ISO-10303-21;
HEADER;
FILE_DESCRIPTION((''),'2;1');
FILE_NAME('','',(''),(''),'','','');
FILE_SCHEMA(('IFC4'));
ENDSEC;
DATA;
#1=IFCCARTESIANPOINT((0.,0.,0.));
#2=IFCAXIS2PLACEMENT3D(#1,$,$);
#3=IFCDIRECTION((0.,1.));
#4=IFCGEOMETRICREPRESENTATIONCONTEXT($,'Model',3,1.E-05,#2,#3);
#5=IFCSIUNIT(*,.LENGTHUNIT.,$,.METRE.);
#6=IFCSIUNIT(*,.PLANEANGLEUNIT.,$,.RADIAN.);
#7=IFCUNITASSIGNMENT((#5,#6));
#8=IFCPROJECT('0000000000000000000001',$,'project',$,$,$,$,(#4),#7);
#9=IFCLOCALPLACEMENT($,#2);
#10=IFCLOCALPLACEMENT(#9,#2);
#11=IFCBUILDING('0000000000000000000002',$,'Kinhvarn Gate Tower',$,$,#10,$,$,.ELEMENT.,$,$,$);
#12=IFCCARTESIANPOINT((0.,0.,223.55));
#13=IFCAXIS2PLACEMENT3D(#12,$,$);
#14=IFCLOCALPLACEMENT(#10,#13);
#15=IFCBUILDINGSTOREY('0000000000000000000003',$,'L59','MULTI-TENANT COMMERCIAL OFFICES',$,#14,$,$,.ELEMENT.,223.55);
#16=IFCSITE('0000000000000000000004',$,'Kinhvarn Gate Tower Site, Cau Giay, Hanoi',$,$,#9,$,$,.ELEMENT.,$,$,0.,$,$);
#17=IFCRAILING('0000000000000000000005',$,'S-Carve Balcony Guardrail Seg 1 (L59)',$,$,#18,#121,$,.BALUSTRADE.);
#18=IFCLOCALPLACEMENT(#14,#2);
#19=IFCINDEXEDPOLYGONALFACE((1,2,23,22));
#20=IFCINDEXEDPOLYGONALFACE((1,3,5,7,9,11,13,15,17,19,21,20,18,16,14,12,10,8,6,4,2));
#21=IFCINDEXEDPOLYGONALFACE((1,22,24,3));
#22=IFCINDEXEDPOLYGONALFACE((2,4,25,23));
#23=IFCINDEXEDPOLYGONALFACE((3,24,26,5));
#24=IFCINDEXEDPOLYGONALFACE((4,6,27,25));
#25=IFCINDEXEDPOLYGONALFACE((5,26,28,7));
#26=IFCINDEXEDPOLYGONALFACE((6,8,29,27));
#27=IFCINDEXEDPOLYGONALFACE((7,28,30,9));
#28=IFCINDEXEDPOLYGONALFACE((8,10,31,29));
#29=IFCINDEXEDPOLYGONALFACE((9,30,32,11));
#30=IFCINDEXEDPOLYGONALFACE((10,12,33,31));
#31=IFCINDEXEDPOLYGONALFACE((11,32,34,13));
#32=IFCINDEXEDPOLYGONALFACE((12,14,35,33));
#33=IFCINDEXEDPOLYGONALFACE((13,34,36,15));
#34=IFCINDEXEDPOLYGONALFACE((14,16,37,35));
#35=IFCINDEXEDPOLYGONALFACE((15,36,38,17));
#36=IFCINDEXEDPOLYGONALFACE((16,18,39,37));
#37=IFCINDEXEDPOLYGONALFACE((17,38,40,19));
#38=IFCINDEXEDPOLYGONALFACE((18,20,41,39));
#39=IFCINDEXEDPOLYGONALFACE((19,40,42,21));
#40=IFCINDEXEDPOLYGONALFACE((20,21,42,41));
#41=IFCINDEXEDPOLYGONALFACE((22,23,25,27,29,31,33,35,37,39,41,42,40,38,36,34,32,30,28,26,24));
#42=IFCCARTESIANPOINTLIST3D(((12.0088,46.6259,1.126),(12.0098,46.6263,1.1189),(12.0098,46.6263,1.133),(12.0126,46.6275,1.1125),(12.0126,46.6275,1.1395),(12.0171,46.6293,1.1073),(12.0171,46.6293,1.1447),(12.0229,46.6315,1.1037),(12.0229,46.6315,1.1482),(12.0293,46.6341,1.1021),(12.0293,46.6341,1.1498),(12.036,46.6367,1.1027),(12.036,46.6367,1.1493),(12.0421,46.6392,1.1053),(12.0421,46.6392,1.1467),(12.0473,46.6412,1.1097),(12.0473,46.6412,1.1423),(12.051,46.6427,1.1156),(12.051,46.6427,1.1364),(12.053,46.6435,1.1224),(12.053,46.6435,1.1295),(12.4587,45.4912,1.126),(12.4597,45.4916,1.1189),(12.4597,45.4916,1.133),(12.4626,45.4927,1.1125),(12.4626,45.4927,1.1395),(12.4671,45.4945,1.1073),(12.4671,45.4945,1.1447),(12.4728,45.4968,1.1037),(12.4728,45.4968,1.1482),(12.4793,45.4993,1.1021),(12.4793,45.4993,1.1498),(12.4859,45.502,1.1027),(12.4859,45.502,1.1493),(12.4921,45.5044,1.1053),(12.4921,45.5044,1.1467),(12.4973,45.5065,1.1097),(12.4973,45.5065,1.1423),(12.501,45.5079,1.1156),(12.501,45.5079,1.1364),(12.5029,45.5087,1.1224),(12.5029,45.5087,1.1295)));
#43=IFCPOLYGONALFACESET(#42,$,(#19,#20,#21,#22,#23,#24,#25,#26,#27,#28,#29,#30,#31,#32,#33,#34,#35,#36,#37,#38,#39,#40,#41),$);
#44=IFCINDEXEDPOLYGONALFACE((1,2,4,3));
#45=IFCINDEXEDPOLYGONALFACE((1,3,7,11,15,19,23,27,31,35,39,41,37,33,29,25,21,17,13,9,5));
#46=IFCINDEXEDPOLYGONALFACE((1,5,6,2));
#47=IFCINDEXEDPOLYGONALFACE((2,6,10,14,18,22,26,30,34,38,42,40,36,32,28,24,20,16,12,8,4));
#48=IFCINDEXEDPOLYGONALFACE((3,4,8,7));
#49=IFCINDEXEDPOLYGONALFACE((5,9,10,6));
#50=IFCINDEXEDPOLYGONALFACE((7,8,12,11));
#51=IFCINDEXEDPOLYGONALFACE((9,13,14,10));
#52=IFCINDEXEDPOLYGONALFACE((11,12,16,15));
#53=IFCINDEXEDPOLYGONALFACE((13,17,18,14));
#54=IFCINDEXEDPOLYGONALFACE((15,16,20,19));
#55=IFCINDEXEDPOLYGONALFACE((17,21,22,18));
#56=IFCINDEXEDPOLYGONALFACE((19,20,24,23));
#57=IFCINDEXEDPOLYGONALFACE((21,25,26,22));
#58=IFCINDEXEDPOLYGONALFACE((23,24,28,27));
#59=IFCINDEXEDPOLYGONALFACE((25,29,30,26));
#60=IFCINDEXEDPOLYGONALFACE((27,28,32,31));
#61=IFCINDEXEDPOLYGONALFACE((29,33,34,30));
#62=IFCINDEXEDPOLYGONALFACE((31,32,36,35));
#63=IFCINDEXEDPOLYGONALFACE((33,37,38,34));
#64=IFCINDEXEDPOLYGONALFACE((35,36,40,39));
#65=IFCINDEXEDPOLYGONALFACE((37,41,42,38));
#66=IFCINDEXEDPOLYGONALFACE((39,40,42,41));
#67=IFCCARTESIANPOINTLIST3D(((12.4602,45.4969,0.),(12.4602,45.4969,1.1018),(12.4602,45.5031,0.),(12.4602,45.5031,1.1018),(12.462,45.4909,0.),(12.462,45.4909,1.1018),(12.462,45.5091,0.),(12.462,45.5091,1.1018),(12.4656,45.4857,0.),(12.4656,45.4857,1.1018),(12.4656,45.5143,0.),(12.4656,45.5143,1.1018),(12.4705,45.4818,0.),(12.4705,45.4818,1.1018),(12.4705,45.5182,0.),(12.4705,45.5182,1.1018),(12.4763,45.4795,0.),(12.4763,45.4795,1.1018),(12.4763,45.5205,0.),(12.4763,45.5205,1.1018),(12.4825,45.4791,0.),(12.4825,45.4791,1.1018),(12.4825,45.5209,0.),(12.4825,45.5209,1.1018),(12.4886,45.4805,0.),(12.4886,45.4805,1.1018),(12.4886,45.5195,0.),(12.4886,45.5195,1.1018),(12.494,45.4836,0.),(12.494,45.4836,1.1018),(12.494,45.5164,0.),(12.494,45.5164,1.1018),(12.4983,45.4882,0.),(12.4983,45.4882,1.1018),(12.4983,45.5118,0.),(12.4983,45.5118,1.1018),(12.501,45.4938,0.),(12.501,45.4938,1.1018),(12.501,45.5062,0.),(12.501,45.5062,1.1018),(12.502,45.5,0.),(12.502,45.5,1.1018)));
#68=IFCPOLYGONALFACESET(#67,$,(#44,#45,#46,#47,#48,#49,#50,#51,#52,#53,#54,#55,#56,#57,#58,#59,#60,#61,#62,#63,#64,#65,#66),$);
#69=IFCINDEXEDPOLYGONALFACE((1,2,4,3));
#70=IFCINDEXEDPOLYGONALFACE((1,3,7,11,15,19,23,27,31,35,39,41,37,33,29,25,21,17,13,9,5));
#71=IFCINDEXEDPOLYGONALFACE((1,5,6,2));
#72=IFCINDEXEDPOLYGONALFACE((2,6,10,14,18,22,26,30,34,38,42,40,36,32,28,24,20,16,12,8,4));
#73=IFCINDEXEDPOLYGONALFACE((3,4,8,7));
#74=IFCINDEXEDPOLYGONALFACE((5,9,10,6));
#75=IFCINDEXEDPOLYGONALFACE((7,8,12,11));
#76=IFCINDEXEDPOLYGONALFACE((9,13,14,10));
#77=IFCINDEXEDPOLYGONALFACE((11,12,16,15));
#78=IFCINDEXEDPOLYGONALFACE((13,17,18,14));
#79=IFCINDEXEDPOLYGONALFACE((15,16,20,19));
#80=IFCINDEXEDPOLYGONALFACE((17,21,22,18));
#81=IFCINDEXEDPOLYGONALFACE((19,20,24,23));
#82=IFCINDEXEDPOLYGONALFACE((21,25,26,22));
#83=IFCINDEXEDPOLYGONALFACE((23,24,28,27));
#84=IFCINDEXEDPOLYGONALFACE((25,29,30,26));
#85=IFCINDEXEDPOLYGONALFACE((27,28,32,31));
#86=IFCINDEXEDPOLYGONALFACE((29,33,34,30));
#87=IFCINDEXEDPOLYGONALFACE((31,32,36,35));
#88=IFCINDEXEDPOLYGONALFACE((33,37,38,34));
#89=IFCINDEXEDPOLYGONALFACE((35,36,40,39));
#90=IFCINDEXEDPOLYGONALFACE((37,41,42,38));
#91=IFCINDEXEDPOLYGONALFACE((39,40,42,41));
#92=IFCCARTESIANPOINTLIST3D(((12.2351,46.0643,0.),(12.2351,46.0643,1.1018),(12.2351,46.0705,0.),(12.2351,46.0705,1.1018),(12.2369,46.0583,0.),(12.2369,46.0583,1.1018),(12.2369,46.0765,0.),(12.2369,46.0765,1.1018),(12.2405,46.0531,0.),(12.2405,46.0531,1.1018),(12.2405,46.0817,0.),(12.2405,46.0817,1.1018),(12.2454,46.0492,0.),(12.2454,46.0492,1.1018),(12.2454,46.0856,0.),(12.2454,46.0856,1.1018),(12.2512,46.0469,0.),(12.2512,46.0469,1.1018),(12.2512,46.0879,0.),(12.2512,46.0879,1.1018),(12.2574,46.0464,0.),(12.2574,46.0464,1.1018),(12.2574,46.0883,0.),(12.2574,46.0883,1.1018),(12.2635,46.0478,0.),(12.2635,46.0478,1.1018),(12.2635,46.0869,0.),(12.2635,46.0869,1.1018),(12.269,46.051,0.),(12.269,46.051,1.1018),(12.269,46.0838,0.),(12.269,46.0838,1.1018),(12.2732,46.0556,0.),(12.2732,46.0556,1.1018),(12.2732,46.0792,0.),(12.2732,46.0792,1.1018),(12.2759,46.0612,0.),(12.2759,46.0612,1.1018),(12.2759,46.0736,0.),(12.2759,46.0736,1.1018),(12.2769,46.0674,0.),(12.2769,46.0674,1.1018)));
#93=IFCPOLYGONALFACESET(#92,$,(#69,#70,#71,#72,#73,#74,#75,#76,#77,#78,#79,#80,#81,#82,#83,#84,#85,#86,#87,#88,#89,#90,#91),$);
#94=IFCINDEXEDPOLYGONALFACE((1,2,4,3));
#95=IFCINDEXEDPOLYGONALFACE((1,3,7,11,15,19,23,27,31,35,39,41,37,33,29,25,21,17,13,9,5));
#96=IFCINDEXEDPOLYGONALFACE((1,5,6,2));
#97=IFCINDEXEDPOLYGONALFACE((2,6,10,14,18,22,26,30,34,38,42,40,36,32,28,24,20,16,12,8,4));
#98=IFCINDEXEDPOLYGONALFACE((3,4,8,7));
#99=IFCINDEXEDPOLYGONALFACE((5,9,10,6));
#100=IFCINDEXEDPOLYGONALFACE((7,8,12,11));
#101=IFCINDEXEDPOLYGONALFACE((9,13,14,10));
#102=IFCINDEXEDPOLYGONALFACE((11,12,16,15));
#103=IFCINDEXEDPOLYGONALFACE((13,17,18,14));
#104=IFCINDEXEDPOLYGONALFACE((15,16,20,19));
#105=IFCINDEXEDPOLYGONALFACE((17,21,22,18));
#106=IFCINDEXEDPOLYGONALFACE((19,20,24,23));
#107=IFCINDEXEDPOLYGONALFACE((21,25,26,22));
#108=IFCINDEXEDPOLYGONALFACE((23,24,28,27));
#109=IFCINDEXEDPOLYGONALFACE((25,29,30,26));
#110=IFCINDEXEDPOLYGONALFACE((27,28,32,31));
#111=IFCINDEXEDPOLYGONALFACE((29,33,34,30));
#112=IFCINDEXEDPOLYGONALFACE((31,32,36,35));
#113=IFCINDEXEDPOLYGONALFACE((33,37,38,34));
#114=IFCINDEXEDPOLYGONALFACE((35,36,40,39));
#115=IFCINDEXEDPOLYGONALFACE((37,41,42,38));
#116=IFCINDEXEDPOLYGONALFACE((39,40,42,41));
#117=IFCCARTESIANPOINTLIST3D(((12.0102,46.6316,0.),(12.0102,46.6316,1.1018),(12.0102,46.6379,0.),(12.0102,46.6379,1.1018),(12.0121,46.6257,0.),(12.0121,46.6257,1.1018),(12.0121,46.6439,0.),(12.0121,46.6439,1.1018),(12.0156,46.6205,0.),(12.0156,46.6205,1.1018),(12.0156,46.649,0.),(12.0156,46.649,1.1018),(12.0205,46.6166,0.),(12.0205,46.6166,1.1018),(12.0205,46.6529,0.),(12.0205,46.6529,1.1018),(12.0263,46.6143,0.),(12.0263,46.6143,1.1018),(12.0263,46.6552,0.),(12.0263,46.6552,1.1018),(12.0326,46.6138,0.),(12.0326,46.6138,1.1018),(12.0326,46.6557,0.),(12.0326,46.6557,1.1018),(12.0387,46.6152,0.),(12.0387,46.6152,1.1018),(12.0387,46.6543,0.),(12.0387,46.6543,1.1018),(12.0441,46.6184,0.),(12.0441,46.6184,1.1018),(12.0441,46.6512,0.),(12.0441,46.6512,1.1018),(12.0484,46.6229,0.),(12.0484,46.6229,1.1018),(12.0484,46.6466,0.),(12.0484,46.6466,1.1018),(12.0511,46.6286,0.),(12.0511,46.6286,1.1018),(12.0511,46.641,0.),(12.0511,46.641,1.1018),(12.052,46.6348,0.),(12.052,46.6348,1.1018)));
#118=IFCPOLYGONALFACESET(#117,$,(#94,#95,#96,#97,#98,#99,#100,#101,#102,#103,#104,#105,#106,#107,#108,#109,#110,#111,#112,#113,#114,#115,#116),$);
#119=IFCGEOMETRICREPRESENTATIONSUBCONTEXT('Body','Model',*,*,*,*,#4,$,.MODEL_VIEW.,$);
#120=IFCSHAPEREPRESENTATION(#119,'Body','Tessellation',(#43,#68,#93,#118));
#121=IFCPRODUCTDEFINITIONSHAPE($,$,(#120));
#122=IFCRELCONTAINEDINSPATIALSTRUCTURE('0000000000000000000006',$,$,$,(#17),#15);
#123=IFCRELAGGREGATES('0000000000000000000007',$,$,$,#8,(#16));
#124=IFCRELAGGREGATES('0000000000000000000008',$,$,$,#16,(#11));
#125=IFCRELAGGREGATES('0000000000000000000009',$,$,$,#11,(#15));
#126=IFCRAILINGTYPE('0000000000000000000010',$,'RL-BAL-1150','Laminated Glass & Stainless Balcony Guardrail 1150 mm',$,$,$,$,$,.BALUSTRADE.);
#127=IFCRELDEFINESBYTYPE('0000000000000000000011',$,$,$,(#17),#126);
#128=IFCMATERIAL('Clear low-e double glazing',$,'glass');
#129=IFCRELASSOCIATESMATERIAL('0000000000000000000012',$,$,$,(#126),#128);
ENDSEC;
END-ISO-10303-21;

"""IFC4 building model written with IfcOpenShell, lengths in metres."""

from ifc_helpers import new_model, si_unit, direction, frame, origin, origin_2d, place, context, subcontext, project, spatial, circle, extrude, material, type_object, element, save


model = new_model("IFC4")

# Units and contexts
model_context = context("Model", 3, precision=1e-05, world=origin(), true_north=direction((0.0, 1.0)))
body_context = subcontext(model_context, "Body", "Model", "MODEL_VIEW")
ifc_project = project(units=[si_unit("LENGTHUNIT", "METRE"), si_unit("PLANEANGLEUNIT", "RADIAN")], contexts=[model_context])

# Site, building, storey
site_placement = place(None, origin())
site = spatial("IfcSite", under=ifc_project, at=site_placement, Name="Kinhvarn Gate Tower Site, Cau Giay, Hanoi", CompositionType="ELEMENT", RefElevation=0.0)
building_placement = place(site_placement, origin())
building = spatial("IfcBuilding", under=site, at=building_placement, Name="Kinhvarn Gate Tower", CompositionType="ELEMENT")
storey_placement = place(building_placement, frame((0.0, 0.0, 223.55)))
storey = spatial("IfcBuildingStorey", under=building, at=storey_placement, Name="L59", Description="MULTI-TENANT COMMERCIAL OFFICES", CompositionType="ELEMENT", Elevation=223.55)

# Shared definitions
ifc_material_1 = material(Name="Clear low-e double glazing", Category="glass")

# Railing
railing_type_1 = type_object("IfcRailingType", Name="RL-BAL-1150", Description="Laminated Glass & Stainless Balcony Guardrail 1150 mm", PredefinedType="BALUSTRADE", material=ifc_material_1)
railing_1_placement = place(storey_placement, frame((12.481, 45.5, 0.0)))
element("IfcRailing", 1, at=railing_1_placement, inside=storey, type_object=railing_type_1, Name="S-Carve Balcony Guardrail Seg 1 (L59)", PredefinedType="BALUSTRADE", context=body_context, shape_type="SweptSolid", body=[
    extrude(circle(Radius=0.0239, at=origin_2d()), frame((0.0, 0.0, 1.126), z_axis=(-0.368596, 0.92959, 0.0), x_axis=(-0.92959, -0.368596, 0.0)), (0.0, 0.0, 1.0), 1.2207),
    extrude(circle(Radius=0.021, at=origin_2d()), origin(), (0.0, 0.0, 1.0), 1.1018),
    extrude(circle(Radius=0.021, at=origin_2d()), frame((-0.2251, 0.5674, 0.0)), (0.0, 0.0, 1.0), 1.1018),
    extrude(circle(Radius=0.021, at=origin_2d()), frame((-0.45, 1.1348, 0.0)), (0.0, 0.0, 1.0), 1.1018),
])

save(model, "model.ifc")
